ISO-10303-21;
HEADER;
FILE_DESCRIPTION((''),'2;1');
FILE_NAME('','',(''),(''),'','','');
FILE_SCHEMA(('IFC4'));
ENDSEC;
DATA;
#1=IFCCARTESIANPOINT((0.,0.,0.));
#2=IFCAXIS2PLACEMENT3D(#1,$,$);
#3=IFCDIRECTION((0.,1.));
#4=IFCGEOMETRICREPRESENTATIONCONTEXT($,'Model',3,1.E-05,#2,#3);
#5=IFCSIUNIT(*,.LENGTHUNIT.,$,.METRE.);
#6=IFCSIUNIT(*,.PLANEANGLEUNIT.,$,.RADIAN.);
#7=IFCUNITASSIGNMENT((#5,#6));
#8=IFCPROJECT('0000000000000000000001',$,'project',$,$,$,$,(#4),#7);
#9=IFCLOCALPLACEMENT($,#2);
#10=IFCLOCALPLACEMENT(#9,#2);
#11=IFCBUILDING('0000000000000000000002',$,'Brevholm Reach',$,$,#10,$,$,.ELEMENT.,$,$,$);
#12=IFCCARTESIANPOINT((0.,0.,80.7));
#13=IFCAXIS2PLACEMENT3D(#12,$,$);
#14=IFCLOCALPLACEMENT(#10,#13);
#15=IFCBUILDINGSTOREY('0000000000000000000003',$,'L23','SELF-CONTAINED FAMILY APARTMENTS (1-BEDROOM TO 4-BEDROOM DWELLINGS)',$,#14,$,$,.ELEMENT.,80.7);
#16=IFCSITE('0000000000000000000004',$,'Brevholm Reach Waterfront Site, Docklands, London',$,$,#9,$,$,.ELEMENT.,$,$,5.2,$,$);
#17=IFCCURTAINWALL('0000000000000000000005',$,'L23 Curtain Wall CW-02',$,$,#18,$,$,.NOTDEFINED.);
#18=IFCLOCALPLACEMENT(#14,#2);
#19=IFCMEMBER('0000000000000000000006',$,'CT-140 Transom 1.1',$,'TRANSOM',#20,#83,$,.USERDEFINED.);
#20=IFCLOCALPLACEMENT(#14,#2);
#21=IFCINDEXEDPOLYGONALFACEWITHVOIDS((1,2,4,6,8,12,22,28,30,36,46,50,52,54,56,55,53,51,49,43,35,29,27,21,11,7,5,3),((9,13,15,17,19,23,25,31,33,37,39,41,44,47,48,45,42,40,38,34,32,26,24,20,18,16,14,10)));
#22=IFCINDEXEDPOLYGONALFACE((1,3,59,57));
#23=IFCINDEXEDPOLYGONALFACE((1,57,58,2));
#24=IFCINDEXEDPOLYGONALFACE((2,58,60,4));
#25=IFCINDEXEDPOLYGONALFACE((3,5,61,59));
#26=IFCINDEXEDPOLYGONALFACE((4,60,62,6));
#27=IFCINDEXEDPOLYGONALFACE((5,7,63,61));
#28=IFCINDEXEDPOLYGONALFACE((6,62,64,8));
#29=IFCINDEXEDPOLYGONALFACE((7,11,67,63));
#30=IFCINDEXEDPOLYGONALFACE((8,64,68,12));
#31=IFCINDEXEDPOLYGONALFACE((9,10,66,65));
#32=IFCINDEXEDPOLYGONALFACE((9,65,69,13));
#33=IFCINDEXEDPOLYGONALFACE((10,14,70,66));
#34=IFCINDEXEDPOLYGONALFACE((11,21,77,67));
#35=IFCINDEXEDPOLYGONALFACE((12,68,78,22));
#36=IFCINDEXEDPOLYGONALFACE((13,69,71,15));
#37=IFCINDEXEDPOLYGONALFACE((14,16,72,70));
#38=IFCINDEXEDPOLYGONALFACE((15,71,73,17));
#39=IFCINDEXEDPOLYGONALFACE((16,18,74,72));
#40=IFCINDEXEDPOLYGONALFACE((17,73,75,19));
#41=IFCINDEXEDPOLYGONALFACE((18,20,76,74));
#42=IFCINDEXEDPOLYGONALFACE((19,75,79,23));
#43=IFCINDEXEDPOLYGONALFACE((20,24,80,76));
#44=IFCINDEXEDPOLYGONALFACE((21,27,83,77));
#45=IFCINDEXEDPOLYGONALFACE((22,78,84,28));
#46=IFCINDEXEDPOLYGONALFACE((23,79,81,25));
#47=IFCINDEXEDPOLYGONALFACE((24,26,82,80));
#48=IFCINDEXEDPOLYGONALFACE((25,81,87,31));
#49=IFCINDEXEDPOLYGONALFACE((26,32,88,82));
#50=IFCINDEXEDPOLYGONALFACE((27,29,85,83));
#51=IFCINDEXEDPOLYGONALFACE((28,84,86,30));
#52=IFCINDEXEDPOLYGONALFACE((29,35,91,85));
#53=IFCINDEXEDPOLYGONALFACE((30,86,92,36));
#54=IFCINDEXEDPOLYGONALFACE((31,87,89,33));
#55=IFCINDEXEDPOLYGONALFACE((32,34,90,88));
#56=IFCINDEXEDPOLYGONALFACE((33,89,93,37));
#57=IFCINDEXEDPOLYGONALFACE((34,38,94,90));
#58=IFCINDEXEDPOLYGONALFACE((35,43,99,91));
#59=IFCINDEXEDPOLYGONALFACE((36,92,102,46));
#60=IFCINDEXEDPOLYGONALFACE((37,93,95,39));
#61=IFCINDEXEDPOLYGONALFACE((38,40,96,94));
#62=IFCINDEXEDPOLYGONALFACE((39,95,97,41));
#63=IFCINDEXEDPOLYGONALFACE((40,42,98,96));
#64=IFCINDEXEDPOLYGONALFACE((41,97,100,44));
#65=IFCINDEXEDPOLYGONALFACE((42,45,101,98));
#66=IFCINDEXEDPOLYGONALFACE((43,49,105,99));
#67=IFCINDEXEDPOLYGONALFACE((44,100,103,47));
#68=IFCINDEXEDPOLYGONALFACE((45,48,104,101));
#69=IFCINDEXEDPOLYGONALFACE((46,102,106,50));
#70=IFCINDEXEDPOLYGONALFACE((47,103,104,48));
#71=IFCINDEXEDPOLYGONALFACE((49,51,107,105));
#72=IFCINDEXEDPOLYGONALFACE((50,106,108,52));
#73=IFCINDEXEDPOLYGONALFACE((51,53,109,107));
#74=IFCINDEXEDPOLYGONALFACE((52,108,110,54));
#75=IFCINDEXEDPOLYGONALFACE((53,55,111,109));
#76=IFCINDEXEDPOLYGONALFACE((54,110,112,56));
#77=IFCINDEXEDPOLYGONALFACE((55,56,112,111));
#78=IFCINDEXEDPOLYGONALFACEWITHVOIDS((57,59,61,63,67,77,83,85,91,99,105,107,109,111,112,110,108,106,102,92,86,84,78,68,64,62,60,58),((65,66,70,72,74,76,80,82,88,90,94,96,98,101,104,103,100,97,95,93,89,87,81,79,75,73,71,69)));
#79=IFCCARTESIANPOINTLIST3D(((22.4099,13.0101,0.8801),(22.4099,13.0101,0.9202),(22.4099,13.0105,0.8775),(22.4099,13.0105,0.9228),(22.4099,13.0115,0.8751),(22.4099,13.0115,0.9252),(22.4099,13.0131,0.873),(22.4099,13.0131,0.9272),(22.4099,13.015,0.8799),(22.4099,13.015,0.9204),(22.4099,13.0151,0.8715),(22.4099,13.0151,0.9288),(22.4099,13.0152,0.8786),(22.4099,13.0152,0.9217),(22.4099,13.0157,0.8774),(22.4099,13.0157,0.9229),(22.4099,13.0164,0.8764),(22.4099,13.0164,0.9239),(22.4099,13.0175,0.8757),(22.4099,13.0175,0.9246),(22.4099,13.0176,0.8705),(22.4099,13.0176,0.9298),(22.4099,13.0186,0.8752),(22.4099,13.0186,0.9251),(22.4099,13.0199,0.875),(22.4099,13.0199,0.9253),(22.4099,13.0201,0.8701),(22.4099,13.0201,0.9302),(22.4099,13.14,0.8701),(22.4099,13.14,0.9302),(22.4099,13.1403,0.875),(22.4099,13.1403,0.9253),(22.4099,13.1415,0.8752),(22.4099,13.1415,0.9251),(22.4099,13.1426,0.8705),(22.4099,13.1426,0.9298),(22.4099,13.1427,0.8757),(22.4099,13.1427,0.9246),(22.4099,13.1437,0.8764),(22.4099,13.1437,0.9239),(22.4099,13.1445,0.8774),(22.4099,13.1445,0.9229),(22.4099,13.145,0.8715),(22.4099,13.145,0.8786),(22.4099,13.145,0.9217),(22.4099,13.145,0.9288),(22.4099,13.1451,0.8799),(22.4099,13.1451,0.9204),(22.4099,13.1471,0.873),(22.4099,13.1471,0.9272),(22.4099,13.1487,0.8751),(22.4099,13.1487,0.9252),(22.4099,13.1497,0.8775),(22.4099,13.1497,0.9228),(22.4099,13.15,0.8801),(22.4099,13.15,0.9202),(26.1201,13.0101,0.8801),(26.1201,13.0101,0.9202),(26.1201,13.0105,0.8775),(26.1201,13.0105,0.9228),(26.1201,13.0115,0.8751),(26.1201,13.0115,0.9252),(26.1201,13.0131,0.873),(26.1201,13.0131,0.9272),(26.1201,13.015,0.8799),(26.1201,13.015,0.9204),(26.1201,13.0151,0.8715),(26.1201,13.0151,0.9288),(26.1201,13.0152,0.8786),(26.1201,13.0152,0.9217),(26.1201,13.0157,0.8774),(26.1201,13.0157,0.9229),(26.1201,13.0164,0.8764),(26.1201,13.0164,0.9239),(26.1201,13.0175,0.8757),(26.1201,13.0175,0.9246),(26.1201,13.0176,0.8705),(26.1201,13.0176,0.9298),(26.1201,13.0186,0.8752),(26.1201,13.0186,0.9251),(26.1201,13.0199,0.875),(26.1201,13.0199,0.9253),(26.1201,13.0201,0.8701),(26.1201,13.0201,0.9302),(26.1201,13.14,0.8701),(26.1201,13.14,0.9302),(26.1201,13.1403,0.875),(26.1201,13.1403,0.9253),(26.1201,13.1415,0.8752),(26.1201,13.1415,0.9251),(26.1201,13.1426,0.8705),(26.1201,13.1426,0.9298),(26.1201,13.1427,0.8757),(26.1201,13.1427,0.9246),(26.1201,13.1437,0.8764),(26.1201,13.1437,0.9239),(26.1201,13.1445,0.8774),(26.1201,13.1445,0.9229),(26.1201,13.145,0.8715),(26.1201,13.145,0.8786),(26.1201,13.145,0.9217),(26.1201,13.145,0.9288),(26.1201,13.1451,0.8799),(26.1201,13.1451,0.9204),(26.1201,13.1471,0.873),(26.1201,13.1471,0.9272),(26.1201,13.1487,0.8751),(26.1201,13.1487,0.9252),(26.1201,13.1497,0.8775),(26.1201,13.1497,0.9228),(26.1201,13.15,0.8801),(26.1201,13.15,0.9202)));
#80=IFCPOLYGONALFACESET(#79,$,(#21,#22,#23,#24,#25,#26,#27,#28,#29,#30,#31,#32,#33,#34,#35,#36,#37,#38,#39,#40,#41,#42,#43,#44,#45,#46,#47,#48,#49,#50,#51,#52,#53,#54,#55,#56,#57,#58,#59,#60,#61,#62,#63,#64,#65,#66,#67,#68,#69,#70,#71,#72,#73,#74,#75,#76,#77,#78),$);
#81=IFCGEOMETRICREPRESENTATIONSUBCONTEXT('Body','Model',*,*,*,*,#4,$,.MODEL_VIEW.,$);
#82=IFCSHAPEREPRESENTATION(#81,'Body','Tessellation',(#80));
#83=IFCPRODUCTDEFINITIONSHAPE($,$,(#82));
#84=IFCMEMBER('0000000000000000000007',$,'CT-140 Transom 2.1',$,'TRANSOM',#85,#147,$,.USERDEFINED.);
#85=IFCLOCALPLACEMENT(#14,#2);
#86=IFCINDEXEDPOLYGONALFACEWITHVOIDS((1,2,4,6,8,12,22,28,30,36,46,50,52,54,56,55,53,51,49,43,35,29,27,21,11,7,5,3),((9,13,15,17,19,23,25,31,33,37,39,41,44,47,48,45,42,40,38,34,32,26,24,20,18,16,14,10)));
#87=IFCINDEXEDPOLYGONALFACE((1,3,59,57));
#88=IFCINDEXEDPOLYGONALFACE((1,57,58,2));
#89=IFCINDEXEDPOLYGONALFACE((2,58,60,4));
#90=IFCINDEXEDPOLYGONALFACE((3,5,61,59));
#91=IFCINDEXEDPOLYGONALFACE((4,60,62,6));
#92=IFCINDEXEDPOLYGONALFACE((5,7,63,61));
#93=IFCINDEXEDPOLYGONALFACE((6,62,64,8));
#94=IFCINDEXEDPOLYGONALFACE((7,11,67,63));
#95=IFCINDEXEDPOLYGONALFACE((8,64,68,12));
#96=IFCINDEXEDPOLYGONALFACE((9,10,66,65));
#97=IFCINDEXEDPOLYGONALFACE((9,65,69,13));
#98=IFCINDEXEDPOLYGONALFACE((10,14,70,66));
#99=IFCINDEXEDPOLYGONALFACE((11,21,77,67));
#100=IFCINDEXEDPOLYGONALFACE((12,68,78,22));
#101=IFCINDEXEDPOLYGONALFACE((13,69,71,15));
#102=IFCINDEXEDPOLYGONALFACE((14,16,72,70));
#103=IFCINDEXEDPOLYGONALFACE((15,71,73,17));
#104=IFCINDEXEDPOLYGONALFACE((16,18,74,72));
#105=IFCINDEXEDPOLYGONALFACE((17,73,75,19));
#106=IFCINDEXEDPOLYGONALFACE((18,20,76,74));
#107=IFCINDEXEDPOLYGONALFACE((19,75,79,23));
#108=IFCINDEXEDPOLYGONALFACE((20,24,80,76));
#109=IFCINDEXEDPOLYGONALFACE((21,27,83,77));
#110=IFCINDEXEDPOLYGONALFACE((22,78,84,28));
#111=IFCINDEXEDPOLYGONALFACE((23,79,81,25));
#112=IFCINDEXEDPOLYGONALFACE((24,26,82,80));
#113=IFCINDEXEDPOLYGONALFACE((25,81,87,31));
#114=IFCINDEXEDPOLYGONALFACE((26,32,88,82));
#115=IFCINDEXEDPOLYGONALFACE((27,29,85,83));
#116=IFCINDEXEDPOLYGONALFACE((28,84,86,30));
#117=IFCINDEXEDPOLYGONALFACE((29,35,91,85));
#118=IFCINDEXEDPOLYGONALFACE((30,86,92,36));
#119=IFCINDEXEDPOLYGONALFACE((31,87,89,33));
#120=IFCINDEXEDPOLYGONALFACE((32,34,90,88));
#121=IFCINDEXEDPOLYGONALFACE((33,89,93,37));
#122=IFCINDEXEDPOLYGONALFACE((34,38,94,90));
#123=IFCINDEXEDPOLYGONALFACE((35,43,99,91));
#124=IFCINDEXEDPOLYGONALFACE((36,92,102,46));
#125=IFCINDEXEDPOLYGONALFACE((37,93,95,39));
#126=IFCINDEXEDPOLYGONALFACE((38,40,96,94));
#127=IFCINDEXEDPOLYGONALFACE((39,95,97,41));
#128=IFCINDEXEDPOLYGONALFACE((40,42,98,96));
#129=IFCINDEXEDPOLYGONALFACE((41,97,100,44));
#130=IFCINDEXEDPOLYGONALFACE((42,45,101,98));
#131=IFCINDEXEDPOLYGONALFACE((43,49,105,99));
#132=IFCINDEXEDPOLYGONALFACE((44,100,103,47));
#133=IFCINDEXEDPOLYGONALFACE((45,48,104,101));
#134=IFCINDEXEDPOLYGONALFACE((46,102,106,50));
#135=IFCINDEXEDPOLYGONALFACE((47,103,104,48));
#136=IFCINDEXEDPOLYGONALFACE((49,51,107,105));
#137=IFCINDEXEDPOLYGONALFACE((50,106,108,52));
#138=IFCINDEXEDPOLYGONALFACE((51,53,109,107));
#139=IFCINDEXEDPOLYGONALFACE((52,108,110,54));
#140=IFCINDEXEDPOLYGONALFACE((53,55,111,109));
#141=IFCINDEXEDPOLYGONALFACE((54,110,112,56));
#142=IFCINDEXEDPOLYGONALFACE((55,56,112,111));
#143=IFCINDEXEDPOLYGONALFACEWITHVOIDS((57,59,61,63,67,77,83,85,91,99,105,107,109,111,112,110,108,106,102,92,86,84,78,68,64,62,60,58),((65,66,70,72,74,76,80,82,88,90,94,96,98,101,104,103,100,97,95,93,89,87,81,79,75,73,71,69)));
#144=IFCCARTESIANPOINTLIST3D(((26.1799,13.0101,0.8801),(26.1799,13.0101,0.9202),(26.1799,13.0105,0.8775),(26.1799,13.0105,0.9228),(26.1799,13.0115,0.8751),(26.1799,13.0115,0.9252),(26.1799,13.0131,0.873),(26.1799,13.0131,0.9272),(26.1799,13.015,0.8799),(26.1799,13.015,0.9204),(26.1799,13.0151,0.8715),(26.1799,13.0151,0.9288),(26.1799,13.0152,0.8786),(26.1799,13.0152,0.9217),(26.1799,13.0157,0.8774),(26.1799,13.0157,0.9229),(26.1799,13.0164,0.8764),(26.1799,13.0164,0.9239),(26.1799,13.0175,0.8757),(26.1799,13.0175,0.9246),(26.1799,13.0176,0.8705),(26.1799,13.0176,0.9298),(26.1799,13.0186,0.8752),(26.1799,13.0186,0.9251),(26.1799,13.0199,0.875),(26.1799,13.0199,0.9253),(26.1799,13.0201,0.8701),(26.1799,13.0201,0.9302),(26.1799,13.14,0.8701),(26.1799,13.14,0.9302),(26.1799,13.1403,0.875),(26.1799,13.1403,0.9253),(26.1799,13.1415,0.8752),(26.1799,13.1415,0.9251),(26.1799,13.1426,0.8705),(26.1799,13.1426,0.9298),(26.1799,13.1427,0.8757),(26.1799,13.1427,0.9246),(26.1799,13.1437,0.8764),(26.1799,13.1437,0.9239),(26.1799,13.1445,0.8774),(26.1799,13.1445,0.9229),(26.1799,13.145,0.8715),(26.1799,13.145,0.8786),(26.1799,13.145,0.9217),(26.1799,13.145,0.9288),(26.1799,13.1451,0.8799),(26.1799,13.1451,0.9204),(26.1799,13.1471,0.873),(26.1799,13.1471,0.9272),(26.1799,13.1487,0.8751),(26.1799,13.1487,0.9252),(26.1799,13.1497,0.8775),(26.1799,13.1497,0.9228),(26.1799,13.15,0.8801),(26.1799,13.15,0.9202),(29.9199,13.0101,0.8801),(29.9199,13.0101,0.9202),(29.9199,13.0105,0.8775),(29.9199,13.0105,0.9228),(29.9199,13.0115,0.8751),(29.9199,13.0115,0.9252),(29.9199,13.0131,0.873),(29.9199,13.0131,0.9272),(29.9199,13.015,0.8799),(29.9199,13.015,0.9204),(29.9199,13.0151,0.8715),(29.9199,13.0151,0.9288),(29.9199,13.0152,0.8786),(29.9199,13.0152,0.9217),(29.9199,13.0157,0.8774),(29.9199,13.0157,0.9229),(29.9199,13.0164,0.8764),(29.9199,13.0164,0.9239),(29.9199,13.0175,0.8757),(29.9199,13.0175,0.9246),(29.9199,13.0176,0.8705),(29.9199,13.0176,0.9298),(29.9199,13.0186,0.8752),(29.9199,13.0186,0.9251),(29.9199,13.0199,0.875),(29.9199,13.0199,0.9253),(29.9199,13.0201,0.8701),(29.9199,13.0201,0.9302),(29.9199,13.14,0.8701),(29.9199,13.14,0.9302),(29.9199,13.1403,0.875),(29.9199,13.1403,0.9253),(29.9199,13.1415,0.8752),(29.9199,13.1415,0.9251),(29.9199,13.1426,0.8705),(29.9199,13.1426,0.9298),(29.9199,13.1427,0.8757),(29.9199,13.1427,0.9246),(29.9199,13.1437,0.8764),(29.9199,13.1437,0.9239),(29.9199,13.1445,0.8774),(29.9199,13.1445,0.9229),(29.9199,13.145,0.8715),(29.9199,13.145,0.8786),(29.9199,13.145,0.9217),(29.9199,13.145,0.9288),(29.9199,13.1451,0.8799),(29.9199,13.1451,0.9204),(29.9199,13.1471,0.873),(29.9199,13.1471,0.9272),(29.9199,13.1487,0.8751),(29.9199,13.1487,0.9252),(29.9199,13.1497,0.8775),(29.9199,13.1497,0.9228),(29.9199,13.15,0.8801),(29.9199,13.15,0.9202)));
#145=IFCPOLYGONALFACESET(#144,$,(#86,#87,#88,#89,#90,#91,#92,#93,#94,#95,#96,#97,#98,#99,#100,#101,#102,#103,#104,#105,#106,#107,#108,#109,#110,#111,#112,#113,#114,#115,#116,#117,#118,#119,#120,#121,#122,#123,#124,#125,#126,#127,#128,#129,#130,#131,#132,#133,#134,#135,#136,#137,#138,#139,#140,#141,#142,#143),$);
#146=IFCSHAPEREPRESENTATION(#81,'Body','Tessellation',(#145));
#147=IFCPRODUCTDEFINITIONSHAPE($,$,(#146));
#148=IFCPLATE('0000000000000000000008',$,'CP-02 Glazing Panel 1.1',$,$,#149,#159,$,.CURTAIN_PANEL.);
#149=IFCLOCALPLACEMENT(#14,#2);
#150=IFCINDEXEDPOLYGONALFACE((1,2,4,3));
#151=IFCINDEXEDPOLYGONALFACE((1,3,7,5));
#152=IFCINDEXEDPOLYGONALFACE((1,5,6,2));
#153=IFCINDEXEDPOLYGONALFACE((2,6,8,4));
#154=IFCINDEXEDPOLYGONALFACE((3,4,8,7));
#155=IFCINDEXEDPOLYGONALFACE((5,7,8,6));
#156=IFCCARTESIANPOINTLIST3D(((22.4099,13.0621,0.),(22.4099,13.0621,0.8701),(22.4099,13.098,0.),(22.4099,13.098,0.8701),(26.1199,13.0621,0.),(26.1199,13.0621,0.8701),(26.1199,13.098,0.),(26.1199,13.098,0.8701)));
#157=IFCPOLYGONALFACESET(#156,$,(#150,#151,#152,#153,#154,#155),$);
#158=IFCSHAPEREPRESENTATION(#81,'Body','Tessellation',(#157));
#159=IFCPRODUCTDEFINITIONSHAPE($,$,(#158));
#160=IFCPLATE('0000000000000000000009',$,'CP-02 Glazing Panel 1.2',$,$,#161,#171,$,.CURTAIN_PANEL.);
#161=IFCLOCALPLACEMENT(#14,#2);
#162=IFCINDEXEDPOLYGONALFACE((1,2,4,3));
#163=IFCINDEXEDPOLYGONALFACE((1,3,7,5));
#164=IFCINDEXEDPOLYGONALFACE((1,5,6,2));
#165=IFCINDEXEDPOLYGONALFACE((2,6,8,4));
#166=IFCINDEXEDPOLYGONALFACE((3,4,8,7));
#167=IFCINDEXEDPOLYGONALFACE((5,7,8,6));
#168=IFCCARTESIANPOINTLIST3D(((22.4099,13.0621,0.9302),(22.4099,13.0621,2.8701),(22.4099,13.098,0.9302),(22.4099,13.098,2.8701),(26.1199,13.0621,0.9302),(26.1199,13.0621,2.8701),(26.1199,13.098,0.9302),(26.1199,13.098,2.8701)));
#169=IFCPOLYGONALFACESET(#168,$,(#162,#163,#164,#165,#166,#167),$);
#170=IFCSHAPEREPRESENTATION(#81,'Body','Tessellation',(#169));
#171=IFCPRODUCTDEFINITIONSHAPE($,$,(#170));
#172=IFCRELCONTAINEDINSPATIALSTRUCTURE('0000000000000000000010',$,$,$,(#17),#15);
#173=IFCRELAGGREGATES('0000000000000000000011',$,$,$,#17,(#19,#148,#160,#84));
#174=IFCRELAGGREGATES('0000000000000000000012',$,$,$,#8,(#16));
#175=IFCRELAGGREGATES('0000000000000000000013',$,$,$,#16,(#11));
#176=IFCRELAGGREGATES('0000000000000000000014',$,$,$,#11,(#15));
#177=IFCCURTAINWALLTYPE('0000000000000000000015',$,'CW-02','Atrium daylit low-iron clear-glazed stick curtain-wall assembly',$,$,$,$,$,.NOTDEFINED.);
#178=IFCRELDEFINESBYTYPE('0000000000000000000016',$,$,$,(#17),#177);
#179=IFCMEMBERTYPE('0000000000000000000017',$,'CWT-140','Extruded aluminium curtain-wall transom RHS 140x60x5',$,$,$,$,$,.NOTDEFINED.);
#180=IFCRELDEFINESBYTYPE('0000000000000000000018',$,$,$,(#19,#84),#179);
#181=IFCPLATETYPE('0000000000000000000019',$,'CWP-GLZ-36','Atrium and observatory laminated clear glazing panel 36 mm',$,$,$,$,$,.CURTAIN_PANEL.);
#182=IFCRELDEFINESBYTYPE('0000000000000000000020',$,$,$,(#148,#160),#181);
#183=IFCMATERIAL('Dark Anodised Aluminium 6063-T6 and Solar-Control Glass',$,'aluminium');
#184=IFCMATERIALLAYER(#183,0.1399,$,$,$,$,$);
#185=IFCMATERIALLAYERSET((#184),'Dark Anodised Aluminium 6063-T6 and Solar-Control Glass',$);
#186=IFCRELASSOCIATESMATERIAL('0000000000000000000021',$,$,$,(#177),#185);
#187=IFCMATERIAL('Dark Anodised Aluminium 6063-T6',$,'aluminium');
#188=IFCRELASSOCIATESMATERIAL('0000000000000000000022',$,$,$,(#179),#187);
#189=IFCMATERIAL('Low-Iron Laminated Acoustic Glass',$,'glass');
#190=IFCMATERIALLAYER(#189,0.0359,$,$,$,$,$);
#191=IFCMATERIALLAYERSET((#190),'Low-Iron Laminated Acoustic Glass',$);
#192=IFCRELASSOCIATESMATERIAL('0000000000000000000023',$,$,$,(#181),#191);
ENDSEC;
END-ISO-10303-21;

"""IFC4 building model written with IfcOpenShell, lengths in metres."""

from ifc_helpers import new_model, si_unit, direction, frame, origin, origin_2d, place, context, subcontext, project, spatial, rectangle, hollow_rectangle, extrude, material, layer, layer_set, material_profile, profile_set, type_object, element, aggregate, save


model = new_model("IFC4")

# Units and contexts
model_context = context("Model", 3, precision=1e-05, world=origin(), true_north=direction((0.0, 1.0)))
body_context = subcontext(model_context, "Body", "Model", "MODEL_VIEW")
ifc_project = project(units=[si_unit("LENGTHUNIT", "METRE"), si_unit("PLANEANGLEUNIT", "RADIAN")], contexts=[model_context])

# Site, building, storey
site_placement = place(None, origin())
site = spatial("IfcSite", under=ifc_project, at=site_placement, Name="Brevholm Reach Waterfront Site, Docklands, London", CompositionType="ELEMENT", RefElevation=5.2)
building_placement = place(site_placement, origin())
building = spatial("IfcBuilding", under=site, at=building_placement, Name="Brevholm Reach", CompositionType="ELEMENT")
storey_placement = place(building_placement, frame((0.0, 0.0, 80.7)))
storey = spatial("IfcBuildingStorey", under=building, at=storey_placement, Name="L23", Description="SELF-CONTAINED FAMILY APARTMENTS (1-BEDROOM TO 4-BEDROOM DWELLINGS)", CompositionType="ELEMENT", Elevation=80.7)

# Curtain wall, members, plates
ifc_material_1 = material(Name="Dark Anodised Aluminium 6063-T6 and Solar-Control Glass", Category="aluminium")
ifc_layer_1 = layer(ifc_material_1, 0.1399)
ifc_layer_set_1 = layer_set([ifc_layer_1], Name="Dark Anodised Aluminium 6063-T6 and Solar-Control Glass")
curtain_wall_type = type_object("IfcCurtainWallType", Name="CW-02", Description="Atrium daylit low-iron clear-glazed stick curtain-wall assembly", PredefinedType="NOTDEFINED", material=ifc_layer_set_1)
curtain_wall_placement = place(storey_placement, origin())
curtain_wall = element("IfcCurtainWall", 1, at=curtain_wall_placement, inside=storey, type_object=curtain_wall_type, Name="L23 Curtain Wall CW-02", PredefinedType="NOTDEFINED")
ifc_material_2 = material(Name="Dark Anodised Aluminium 6063-T6", Category="aluminium")
ifc_material_profile_1 = material_profile(ifc_material_2, hollow_rectangle(XDim=0.0601, YDim=0.1399, WallThickness=0.0049, InnerFilletRadius=0.0049, OuterFilletRadius=0.01, at=origin_2d()), Name="RHS 140x60x5")
ifc_profile_set_1 = profile_set([ifc_material_profile_1], Name="Dark Anodised Aluminium 6063-T6")
member_type_1 = type_object("IfcMemberType", Name="CWT-140", Description="Extruded aluminium curtain-wall transom RHS 140x60x5", PredefinedType="NOTDEFINED", material=ifc_profile_set_1)
member_1_placement = place(storey_placement, frame((22.4099, 13.0801, 0.9001), z_axis=(1.0, 0.0, 0.0), x_axis=(0.0, 0.0, 1.0)))
member_1 = element("IfcMember", 2, at=member_1_placement, type_object=member_type_1, Name="CT-140 Transom 1.1", ObjectType="TRANSOM", PredefinedType="USERDEFINED", context=body_context, shape_type="SweptSolid", body=[
    extrude(hollow_rectangle(XDim=0.0601, YDim=0.1399, WallThickness=0.0049, InnerFilletRadius=0.0049, OuterFilletRadius=0.01, at=origin_2d()), origin(), (0.0, 0.0, 1.0), 3.7102),
])
member_2_placement = place(storey_placement, frame((26.1799, 13.0801, 0.9001), z_axis=(1.0, 0.0, 0.0), x_axis=(0.0, 0.0, 1.0)))
member_2 = element("IfcMember", 3, at=member_2_placement, type_object=member_type_1, Name="CT-140 Transom 2.1", ObjectType="TRANSOM", PredefinedType="USERDEFINED", context=body_context, shape_type="SweptSolid", body=[
    extrude(hollow_rectangle(XDim=0.0601, YDim=0.1399, WallThickness=0.0049, InnerFilletRadius=0.0049, OuterFilletRadius=0.01, at=origin_2d()), origin(), (0.0, 0.0, 1.0), 3.74),
])
ifc_material_3 = material(Name="Low-Iron Laminated Acoustic Glass", Category="glass")
ifc_layer_2 = layer(ifc_material_3, 0.0359)
ifc_layer_set_2 = layer_set([ifc_layer_2], Name="Low-Iron Laminated Acoustic Glass")
plate_type = type_object("IfcPlateType", Name="CWP-GLZ-36", Description="Atrium and observatory laminated clear glazing panel 36 mm", PredefinedType="CURTAIN_PANEL", material=ifc_layer_set_2)
plate_1_placement = place(storey_placement, frame((24.2649, 13.0801, 0.0), z_axis=(0.0, 0.0, 1.0), x_axis=(1.0, 0.0, 0.0)))
plate_1 = element("IfcPlate", 4, at=plate_1_placement, type_object=plate_type, Name="CP-02 Glazing Panel 1.1", PredefinedType="CURTAIN_PANEL", context=body_context, shape_type="SweptSolid", body=[
    extrude(rectangle(XDim=3.71, YDim=0.0359, at=origin_2d()), origin(), (0.0, 0.0, 1.0), 0.8701),
])
plate_2_placement = place(storey_placement, frame((24.2649, 13.0801, 0.9302), z_axis=(0.0, 0.0, 1.0), x_axis=(1.0, 0.0, 0.0)))
plate_2 = element("IfcPlate", 5, at=plate_2_placement, type_object=plate_type, Name="CP-02 Glazing Panel 1.2", PredefinedType="CURTAIN_PANEL", context=body_context, shape_type="SweptSolid", body=[
    extrude(rectangle(XDim=3.71, YDim=0.0359, at=origin_2d()), origin(), (0.0, 0.0, 1.0), 1.9399),
])
aggregate(curtain_wall, [member_1, plate_1, plate_2, member_2])

save(model, "model.ifc")
